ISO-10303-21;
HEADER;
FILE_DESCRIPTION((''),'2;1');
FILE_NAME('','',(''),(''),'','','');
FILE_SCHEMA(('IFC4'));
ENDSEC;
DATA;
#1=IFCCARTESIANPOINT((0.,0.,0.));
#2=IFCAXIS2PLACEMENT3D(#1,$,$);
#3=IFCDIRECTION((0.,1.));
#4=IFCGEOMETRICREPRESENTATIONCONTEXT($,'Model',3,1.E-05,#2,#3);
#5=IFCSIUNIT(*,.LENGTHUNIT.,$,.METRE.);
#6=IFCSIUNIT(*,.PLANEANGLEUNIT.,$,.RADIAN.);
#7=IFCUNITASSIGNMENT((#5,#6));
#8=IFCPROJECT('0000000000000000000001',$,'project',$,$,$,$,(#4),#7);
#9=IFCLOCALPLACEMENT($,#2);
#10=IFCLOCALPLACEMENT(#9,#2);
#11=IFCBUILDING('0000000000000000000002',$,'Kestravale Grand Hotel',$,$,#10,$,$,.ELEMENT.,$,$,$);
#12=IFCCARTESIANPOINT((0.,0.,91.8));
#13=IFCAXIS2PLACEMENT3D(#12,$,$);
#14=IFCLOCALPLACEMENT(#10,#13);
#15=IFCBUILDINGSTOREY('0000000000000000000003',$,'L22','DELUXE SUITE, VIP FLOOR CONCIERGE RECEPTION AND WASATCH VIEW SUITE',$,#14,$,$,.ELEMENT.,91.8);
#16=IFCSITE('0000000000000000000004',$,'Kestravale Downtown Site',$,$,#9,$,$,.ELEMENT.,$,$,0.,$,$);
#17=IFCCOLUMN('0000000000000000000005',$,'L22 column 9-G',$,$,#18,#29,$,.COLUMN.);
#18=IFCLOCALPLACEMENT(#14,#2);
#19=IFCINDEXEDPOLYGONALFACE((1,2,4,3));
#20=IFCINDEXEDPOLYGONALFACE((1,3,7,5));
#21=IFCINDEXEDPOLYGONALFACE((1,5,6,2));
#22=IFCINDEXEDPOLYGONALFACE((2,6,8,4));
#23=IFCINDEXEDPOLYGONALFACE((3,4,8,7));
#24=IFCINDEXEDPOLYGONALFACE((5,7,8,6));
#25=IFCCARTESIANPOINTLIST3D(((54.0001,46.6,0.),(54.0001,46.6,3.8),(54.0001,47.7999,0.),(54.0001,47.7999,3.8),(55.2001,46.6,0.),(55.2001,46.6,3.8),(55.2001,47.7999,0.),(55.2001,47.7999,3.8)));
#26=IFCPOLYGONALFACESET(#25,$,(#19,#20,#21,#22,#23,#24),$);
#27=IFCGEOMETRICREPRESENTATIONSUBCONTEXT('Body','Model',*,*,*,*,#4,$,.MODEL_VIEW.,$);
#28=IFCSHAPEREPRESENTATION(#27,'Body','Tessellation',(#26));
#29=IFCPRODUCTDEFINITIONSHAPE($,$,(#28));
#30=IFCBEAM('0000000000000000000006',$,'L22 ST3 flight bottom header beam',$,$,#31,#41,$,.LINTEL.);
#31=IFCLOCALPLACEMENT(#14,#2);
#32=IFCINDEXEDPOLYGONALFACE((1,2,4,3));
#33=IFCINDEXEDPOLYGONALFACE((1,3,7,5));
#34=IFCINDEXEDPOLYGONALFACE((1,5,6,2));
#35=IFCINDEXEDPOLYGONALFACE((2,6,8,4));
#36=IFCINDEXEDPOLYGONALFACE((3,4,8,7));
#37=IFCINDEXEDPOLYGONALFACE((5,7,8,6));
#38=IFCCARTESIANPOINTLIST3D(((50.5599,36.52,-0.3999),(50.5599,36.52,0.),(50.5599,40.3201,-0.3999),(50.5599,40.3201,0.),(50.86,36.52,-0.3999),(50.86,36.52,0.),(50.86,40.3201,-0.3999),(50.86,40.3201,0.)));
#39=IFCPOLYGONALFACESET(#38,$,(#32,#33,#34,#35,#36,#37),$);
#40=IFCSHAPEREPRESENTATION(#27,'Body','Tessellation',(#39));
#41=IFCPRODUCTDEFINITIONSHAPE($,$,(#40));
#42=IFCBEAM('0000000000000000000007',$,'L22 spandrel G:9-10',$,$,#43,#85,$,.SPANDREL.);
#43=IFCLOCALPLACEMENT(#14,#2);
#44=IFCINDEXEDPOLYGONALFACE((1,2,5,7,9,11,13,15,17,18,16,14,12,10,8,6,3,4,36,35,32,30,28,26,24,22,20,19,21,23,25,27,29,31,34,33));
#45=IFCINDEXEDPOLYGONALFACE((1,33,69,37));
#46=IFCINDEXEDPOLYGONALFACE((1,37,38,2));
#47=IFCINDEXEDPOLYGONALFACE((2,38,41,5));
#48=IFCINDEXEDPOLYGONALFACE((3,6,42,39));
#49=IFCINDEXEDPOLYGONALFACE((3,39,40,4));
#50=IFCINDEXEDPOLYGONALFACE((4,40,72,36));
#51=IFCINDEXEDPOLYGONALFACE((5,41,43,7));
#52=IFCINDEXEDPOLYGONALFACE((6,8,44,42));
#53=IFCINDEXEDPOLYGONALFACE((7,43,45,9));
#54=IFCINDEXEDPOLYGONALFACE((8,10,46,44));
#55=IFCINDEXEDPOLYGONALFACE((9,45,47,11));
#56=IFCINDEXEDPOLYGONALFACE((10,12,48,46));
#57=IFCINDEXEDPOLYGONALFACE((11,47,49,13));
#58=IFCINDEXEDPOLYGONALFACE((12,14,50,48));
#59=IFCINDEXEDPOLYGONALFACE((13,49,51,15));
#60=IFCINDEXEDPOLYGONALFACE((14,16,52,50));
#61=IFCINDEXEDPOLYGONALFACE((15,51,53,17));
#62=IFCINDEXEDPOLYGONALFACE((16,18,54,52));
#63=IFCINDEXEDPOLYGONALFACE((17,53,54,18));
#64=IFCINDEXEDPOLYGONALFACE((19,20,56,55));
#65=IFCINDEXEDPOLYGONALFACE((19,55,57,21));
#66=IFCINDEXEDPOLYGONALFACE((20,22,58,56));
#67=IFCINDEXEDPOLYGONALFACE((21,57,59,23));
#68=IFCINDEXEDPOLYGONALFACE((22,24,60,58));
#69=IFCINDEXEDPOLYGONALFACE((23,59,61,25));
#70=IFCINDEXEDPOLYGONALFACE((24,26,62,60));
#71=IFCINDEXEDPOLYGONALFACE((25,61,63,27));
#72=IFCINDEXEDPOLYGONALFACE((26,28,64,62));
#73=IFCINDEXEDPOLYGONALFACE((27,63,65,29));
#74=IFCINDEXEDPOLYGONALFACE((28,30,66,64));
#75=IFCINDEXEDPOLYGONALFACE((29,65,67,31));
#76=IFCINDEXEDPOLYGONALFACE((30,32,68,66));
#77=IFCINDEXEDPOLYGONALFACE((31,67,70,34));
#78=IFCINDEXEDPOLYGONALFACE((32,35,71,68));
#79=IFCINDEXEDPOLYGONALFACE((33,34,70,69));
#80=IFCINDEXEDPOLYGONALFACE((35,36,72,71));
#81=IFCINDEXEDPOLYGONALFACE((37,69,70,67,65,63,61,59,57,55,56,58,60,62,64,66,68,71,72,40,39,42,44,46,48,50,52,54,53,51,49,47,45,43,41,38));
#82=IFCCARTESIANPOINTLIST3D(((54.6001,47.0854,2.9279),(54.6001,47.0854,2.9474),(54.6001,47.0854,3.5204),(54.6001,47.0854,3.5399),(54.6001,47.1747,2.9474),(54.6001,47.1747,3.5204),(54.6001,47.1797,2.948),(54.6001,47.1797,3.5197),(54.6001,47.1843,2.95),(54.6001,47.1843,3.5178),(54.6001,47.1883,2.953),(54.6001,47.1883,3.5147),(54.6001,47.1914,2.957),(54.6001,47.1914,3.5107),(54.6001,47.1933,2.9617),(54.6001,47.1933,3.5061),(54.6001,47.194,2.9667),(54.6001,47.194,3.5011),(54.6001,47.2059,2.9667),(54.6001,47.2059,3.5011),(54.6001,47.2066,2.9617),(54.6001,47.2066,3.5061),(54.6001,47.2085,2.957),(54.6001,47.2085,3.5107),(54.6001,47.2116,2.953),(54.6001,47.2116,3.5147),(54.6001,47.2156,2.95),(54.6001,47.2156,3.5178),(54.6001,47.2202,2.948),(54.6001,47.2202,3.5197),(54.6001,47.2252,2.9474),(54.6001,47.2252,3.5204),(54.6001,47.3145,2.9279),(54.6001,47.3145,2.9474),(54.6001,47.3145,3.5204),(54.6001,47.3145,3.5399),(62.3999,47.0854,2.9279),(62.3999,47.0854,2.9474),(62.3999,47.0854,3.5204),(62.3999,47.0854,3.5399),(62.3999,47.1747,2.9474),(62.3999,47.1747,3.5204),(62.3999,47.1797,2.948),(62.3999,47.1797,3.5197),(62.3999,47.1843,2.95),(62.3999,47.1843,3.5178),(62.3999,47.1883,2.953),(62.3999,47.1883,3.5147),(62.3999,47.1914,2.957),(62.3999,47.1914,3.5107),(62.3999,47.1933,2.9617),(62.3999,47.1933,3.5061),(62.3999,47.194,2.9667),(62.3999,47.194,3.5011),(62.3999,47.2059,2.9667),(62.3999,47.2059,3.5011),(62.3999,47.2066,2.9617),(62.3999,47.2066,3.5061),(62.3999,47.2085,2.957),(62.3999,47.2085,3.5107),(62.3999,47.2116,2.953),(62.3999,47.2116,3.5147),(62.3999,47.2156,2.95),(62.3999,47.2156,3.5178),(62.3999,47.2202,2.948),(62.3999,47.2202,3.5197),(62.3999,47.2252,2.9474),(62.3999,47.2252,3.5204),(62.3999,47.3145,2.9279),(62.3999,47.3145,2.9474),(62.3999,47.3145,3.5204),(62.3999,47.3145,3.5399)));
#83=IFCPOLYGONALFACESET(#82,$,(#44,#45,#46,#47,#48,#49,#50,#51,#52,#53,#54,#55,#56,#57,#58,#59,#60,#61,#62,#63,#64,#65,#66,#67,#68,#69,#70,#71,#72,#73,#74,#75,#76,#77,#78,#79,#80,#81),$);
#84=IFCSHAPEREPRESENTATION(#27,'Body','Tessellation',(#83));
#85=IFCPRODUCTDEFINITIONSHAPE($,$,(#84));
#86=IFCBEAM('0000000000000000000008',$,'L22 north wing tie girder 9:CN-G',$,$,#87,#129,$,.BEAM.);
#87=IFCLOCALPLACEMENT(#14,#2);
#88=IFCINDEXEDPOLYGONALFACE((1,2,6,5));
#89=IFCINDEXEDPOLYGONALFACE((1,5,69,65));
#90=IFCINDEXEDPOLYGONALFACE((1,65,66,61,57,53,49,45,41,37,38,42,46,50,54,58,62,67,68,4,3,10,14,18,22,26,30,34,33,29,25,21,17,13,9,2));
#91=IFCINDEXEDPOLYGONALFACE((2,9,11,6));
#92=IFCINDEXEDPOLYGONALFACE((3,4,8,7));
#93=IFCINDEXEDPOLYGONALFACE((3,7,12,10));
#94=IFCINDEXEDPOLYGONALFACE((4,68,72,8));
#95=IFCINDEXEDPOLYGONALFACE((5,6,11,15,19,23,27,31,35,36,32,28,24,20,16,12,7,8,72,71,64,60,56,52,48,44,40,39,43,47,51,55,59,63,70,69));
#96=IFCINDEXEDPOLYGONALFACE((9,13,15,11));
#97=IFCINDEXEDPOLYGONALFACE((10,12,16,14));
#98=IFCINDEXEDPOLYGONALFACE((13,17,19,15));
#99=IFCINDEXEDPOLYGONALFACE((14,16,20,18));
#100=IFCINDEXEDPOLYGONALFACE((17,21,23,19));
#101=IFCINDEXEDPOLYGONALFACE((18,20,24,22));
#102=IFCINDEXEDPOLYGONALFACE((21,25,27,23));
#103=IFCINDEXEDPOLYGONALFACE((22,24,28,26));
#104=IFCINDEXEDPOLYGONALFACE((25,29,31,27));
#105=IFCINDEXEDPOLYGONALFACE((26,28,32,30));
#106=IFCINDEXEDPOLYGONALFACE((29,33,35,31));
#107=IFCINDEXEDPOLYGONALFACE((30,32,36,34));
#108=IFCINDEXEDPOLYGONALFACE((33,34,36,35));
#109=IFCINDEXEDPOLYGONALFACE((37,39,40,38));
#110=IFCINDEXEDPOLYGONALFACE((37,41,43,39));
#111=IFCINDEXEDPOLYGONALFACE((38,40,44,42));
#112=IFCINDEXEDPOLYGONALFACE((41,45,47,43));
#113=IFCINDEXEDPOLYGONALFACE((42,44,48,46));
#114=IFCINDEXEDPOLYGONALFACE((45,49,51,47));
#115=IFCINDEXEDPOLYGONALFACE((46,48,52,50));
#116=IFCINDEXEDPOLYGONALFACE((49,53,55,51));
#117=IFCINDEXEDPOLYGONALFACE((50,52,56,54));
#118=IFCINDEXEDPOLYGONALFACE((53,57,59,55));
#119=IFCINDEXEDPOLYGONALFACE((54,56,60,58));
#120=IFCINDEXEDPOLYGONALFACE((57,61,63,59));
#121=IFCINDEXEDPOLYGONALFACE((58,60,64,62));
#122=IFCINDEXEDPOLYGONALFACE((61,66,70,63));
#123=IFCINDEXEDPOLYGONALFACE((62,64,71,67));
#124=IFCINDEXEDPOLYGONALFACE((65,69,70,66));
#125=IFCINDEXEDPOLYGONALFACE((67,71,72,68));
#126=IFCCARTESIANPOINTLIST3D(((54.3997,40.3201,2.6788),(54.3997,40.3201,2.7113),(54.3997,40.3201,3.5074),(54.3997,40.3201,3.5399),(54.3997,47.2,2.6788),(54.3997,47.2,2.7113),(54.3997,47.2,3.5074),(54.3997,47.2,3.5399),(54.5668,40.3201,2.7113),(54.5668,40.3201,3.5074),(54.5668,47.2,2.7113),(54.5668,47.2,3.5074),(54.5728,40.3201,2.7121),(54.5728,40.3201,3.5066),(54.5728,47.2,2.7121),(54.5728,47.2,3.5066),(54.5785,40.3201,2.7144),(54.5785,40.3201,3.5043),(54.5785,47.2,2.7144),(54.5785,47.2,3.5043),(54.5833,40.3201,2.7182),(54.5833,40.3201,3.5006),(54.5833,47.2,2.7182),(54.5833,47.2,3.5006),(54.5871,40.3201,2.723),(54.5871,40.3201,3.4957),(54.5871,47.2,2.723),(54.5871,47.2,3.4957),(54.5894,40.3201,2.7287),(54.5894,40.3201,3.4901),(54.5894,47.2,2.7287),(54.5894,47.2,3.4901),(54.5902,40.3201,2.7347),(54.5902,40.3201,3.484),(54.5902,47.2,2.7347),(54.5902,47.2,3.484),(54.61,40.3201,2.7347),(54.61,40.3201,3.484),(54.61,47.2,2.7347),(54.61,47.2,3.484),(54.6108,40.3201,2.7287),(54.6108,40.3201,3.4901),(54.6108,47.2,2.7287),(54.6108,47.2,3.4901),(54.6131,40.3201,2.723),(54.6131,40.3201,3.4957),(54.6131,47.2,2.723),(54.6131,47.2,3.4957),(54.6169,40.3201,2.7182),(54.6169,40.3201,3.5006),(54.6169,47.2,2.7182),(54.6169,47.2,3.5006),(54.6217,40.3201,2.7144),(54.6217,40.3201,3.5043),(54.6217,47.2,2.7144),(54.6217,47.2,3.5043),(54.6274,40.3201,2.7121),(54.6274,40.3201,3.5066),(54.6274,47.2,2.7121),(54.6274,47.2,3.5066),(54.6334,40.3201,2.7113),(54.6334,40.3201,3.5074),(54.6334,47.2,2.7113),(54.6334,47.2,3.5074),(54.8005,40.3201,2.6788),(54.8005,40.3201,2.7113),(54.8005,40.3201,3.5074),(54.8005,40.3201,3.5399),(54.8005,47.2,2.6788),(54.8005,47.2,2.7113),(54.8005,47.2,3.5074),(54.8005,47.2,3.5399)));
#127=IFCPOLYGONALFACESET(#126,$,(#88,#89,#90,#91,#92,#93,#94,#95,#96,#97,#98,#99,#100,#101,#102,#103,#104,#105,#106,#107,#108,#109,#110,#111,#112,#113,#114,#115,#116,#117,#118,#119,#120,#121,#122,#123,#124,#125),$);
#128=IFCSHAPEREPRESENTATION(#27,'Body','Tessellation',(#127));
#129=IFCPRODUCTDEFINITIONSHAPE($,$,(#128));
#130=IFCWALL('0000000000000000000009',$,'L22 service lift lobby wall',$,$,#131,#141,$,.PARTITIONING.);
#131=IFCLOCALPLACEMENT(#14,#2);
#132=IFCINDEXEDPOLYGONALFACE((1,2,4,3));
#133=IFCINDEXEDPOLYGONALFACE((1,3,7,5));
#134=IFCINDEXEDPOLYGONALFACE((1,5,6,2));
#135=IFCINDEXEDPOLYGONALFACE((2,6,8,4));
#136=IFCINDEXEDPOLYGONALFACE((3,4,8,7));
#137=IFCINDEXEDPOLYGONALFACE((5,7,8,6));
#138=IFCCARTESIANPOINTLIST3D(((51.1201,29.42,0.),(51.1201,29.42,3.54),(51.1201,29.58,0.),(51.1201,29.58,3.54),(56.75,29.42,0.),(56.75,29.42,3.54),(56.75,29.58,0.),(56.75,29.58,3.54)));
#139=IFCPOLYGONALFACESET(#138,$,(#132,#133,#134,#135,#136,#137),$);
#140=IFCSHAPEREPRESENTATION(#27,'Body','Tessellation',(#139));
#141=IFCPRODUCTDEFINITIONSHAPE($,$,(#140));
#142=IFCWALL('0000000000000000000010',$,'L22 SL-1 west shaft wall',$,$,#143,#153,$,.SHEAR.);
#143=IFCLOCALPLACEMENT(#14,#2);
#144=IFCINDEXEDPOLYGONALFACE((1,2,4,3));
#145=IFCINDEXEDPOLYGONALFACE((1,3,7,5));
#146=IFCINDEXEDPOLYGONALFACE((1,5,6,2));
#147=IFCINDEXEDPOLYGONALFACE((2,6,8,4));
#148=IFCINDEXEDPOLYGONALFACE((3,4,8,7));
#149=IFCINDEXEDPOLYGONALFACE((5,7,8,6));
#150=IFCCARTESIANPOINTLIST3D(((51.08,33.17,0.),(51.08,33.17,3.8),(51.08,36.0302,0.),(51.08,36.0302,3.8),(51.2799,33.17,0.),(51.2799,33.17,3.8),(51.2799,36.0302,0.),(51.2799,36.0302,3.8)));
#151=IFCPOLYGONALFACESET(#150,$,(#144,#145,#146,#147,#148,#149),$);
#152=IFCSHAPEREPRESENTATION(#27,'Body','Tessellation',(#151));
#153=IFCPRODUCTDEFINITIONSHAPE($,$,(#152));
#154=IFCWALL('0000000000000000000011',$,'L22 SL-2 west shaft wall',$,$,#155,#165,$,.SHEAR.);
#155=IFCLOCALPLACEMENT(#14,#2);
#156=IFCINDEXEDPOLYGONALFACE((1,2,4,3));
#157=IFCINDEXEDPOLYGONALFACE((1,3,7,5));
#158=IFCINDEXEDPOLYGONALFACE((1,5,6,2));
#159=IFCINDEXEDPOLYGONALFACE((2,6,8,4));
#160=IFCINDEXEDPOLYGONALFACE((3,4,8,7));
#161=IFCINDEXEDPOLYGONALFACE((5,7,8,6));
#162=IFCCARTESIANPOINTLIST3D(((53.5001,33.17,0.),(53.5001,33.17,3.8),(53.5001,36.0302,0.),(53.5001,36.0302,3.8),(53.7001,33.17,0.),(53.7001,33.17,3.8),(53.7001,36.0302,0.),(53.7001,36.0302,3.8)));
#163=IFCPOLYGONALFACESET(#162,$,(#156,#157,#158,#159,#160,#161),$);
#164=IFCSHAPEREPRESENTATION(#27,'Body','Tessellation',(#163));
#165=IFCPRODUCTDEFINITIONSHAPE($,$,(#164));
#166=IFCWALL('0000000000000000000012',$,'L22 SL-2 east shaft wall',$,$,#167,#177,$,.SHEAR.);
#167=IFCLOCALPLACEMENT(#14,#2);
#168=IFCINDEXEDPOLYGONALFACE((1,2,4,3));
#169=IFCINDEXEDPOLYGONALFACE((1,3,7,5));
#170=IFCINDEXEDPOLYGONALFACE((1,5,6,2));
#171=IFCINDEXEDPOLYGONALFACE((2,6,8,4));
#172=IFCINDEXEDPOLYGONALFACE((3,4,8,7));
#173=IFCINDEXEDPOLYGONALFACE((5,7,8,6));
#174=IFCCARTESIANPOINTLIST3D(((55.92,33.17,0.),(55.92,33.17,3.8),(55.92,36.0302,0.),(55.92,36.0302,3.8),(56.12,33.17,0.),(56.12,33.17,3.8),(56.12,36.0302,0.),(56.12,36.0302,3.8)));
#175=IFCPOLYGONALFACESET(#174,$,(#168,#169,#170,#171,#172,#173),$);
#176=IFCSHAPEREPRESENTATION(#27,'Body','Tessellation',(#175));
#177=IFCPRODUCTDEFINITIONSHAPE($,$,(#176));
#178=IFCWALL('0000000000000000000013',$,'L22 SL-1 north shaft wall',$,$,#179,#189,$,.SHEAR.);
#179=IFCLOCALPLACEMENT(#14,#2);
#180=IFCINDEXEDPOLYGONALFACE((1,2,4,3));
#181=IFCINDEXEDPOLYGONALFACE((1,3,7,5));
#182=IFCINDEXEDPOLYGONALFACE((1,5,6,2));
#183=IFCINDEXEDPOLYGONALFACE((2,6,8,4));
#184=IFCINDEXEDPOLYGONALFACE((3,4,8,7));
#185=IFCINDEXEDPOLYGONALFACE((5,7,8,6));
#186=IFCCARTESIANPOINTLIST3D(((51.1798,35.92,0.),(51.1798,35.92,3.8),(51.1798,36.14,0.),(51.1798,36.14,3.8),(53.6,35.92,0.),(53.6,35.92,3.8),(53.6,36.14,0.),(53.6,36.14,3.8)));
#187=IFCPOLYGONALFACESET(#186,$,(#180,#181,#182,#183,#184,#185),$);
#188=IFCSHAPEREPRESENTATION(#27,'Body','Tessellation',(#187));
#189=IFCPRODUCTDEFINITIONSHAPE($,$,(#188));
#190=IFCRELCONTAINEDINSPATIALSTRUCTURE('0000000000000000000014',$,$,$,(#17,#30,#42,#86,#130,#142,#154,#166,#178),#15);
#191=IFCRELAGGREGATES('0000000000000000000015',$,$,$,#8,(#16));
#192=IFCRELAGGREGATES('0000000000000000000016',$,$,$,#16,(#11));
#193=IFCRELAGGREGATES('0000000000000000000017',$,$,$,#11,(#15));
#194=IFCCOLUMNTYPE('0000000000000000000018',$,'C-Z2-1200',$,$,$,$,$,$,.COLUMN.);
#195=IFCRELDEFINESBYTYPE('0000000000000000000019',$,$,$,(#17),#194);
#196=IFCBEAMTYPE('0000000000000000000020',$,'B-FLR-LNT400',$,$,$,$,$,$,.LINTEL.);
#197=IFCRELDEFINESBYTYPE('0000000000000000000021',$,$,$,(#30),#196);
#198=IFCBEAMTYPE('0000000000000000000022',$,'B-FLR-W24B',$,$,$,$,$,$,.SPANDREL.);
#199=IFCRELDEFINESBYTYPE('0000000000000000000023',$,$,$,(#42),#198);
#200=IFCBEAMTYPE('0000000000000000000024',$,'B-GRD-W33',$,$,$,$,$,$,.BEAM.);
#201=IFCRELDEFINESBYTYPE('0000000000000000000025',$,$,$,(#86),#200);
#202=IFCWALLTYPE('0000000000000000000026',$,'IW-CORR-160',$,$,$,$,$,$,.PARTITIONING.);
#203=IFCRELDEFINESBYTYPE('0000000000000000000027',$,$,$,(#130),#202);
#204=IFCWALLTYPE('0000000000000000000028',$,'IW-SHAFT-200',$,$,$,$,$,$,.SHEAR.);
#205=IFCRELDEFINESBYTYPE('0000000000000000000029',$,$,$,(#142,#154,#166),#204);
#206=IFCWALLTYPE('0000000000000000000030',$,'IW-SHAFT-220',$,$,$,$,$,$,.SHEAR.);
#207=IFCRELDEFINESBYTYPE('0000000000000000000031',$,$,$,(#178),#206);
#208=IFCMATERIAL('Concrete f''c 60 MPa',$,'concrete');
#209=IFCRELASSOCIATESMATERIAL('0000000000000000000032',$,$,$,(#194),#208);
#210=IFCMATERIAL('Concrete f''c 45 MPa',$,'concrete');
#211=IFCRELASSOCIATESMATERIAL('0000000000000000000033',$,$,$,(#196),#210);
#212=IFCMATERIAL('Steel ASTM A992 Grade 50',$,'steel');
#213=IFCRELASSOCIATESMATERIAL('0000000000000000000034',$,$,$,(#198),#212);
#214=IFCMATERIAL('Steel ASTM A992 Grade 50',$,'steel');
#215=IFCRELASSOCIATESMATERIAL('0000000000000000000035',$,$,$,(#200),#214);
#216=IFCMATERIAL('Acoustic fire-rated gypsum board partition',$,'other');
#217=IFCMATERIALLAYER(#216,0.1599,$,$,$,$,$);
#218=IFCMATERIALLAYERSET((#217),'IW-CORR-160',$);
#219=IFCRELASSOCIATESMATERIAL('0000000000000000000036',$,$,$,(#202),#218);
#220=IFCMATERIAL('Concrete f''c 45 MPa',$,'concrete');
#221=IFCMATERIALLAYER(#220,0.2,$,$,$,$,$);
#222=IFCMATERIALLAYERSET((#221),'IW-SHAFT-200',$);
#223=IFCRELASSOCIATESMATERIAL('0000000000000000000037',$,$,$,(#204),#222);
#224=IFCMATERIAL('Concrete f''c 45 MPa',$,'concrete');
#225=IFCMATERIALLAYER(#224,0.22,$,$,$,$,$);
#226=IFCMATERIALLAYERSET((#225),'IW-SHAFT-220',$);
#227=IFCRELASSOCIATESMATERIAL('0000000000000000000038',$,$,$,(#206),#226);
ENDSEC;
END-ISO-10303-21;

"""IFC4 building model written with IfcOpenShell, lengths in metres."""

from ifc_helpers import new_model, si_unit, direction, frame, frame_2d, origin, origin_2d, place, context, subcontext, project, spatial, rectangle, i_section, extrude, material, layer, layer_set, material_profile, profile_set, type_object, element, save


model = new_model("IFC4")

# Units and contexts
model_context = context("Model", 3, precision=1e-05, world=origin(), true_north=direction((0.0, 1.0)))
body_context = subcontext(model_context, "Body", "Model", "MODEL_VIEW")
ifc_project = project(units=[si_unit("LENGTHUNIT", "METRE"), si_unit("PLANEANGLEUNIT", "RADIAN")], contexts=[model_context])

# Site, building, storey
site_placement = place(None, origin())
site = spatial("IfcSite", under=ifc_project, at=site_placement, Name="Kestravale Downtown Site", CompositionType="ELEMENT", RefElevation=0.0)
building_placement = place(site_placement, origin())
building = spatial("IfcBuilding", under=site, at=building_placement, Name="Kestravale Grand Hotel", CompositionType="ELEMENT")
storey_placement = place(building_placement, frame((0.0, 0.0, 91.8)))
storey = spatial("IfcBuildingStorey", under=building, at=storey_placement, Name="L22", Description="DELUXE SUITE, VIP FLOOR CONCIERGE RECEPTION AND WASATCH VIEW SUITE", CompositionType="ELEMENT", Elevation=91.8)

# Column
ifc_material_1 = material(Name="Concrete f'c 60 MPa", Category="concrete")
ifc_material_profile_1 = material_profile(ifc_material_1, rectangle(XDim=1.2, YDim=1.2, at=origin_2d()))
ifc_profile_set_1 = profile_set([ifc_material_profile_1], Name="Concrete f'c 60 MPa")
column_type = type_object("IfcColumnType", Name="C-Z2-1200", PredefinedType="COLUMN", material=ifc_profile_set_1)
column_placement = place(storey_placement, frame((54.6001, 47.2, 0.0), z_axis=(0.0, 0.0, 1.0), x_axis=(1.0, 0.0, 0.0)))
element("IfcColumn", 1, at=column_placement, inside=storey, type_object=column_type, Name="L22 column 9-G", PredefinedType="COLUMN", context=body_context, shape_type="SweptSolid", body=[
    extrude(rectangle(XDim=1.2, YDim=1.2, at=origin_2d()), origin(), (0.0, 0.0, 1.0), 3.8),
])

# Beams
ifc_material_2 = material(Name="Concrete f'c 45 MPa", Category="concrete")
ifc_material_profile_2 = material_profile(ifc_material_2, rectangle(XDim=0.3, YDim=0.3999, at=origin_2d()))
ifc_profile_set_2 = profile_set([ifc_material_profile_2], Name="Concrete f'c 45 MPa")
beam_type_1 = type_object("IfcBeamType", Name="B-FLR-LNT400", PredefinedType="LINTEL", material=ifc_profile_set_2)
beam_1_placement = place(storey_placement, frame((50.71, 36.52, -0.2), z_axis=(0.0, 1.0, 0.0), x_axis=(-1.0, 0.0, 0.0)))
element("IfcBeam", 2, at=beam_1_placement, inside=storey, type_object=beam_type_1, Name="L22 ST3 flight bottom header beam", PredefinedType="LINTEL", context=body_context, shape_type="SweptSolid", body=[
    extrude(rectangle(XDim=0.3, YDim=0.3999, at=origin_2d()), origin(), (0.0, 0.0, 1.0), 3.8),
])
ifc_material_3 = material(Name="Steel ASTM A992 Grade 50", Category="steel")
ifc_material_profile_3 = material_profile(ifc_material_3, i_section(OverallWidth=0.229, OverallDepth=0.6121, WebThickness=0.012, FlangeThickness=0.0195, FilletRadius=0.0193, at=origin_2d()))
ifc_profile_set_3 = profile_set([ifc_material_profile_3], Name="Steel ASTM A992 Grade 50")
beam_type_2 = type_object("IfcBeamType", Name="B-FLR-W24B", PredefinedType="SPANDREL", material=ifc_profile_set_3)
beam_2_placement = place(storey_placement, frame((54.6001, 47.2, 3.2339), z_axis=(1.0, 0.0, 0.0), x_axis=(0.0, 1.0, 0.0)))
element("IfcBeam", 3, at=beam_2_placement, inside=storey, type_object=beam_type_2, Name="L22 spandrel G:9-10", PredefinedType="SPANDREL", context=body_context, shape_type="SweptSolid", body=[
    extrude(i_section(OverallWidth=0.229, OverallDepth=0.6121, WebThickness=0.012, FlangeThickness=0.0195, FilletRadius=0.0193, at=origin_2d()), origin(), (0.0, 0.0, 1.0), 7.7998),
])
ifc_material_4 = material(Name="Steel ASTM A992 Grade 50", Category="steel")
ifc_material_profile_4 = material_profile(ifc_material_4, i_section(OverallWidth=0.4009, OverallDepth=0.8611, WebThickness=0.0198, FlangeThickness=0.0325, FilletRadius=0.0234, at=origin_2d()))
ifc_profile_set_4 = profile_set([ifc_material_profile_4], Name="Steel ASTM A992 Grade 50")
beam_type_3 = type_object("IfcBeamType", Name="B-GRD-W33", PredefinedType="BEAM", material=ifc_profile_set_4)
beam_3_placement = place(storey_placement, frame((54.6001, 40.3201, 3.1094), z_axis=(0.0, 1.0, 0.0), x_axis=(-1.0, 0.0, 0.0)))
element("IfcBeam", 4, at=beam_3_placement, inside=storey, type_object=beam_type_3, Name="L22 north wing tie girder 9:CN-G", PredefinedType="BEAM", context=body_context, shape_type="SweptSolid", body=[
    extrude(i_section(OverallWidth=0.4009, OverallDepth=0.8611, WebThickness=0.0198, FlangeThickness=0.0325, FilletRadius=0.0234, at=origin_2d()), origin(), (0.0, 0.0, 1.0), 6.8799),
])

# Shared definitions
ifc_material_5 = material(Name="Acoustic fire-rated gypsum board partition", Category="other")
ifc_layer_1 = layer(ifc_material_5, 0.1599)
ifc_layer_set_1 = layer_set([ifc_layer_1], Name="IW-CORR-160")
wall_type_1 = type_object("IfcWallType", Name="IW-CORR-160", PredefinedType="PARTITIONING", material=ifc_layer_set_1)

# Walls
wall_1_placement = place(storey_placement, frame((51.1201, 29.5, 0.0), z_axis=(0.0, 0.0, 1.0), x_axis=(1.0, 0.0, 0.0)))
element("IfcWall", 5, at=wall_1_placement, inside=storey, type_object=wall_type_1, Name="L22 service lift lobby wall", PredefinedType="PARTITIONING", context=body_context, shape_type="SweptSolid", body=[
    extrude(rectangle(XDim=5.6299, YDim=0.1599, at=frame_2d((2.8149, 0.0))), origin(), (0.0, 0.0, 1.0), 3.54),
])
ifc_material_6 = material(Name="Concrete f'c 45 MPa", Category="concrete")
ifc_layer_2 = layer(ifc_material_6, 0.2)
ifc_layer_set_2 = layer_set([ifc_layer_2], Name="IW-SHAFT-200")
wall_type_2 = type_object("IfcWallType", Name="IW-SHAFT-200", PredefinedType="SHEAR", material=ifc_layer_set_2)
for number, where, z_axis, x_axis, name in (
    (6, (51.1799, 33.1699, 0.0), (0.0, 0.0, 1.0), (0.0, 1.0, 0.0), "L22 SL-1 west shaft wall"),
    (7, (53.6001, 33.1699, 0.0), (0.0, 0.0, 1.0), (0.0, 1.0, 0.0), "L22 SL-2 west shaft wall"),
    (8, (56.02, 33.1699, 0.0), (0.0, 0.0, 1.0), (0.0, 1.0, 0.0), "L22 SL-2 east shaft wall"),
):
    element("IfcWall", number, at=place(storey_placement, frame(where, z_axis=z_axis, x_axis=x_axis)), inside=storey, type_object=wall_type_2, Name=name, PredefinedType="SHEAR", context=body_context, shape_type="SweptSolid", body=[
        extrude(rectangle(XDim=2.8601, YDim=0.2, at=frame_2d((1.4302, 0.0))), origin(), (0.0, 0.0, 1.0), 3.8),
    ])
ifc_material_7 = material(Name="Concrete f'c 45 MPa", Category="concrete")
ifc_layer_3 = layer(ifc_material_7, 0.22)
ifc_layer_set_3 = layer_set([ifc_layer_3], Name="IW-SHAFT-220")
wall_type_3 = type_object("IfcWallType", Name="IW-SHAFT-220", PredefinedType="SHEAR", material=ifc_layer_set_3)
wall_2_placement = place(storey_placement, frame((51.1799, 36.03, 0.0), z_axis=(0.0, 0.0, 1.0), x_axis=(1.0, 0.0, 0.0)))
element("IfcWall", 9, at=wall_2_placement, inside=storey, type_object=wall_type_3, Name="L22 SL-1 north shaft wall", PredefinedType="SHEAR", context=body_context, shape_type="SweptSolid", body=[
    extrude(rectangle(XDim=2.4202, YDim=0.22, at=frame_2d((1.21, 0.0))), origin(), (0.0, 0.0, 1.0), 3.8),
])

save(model, "model.ifc")
